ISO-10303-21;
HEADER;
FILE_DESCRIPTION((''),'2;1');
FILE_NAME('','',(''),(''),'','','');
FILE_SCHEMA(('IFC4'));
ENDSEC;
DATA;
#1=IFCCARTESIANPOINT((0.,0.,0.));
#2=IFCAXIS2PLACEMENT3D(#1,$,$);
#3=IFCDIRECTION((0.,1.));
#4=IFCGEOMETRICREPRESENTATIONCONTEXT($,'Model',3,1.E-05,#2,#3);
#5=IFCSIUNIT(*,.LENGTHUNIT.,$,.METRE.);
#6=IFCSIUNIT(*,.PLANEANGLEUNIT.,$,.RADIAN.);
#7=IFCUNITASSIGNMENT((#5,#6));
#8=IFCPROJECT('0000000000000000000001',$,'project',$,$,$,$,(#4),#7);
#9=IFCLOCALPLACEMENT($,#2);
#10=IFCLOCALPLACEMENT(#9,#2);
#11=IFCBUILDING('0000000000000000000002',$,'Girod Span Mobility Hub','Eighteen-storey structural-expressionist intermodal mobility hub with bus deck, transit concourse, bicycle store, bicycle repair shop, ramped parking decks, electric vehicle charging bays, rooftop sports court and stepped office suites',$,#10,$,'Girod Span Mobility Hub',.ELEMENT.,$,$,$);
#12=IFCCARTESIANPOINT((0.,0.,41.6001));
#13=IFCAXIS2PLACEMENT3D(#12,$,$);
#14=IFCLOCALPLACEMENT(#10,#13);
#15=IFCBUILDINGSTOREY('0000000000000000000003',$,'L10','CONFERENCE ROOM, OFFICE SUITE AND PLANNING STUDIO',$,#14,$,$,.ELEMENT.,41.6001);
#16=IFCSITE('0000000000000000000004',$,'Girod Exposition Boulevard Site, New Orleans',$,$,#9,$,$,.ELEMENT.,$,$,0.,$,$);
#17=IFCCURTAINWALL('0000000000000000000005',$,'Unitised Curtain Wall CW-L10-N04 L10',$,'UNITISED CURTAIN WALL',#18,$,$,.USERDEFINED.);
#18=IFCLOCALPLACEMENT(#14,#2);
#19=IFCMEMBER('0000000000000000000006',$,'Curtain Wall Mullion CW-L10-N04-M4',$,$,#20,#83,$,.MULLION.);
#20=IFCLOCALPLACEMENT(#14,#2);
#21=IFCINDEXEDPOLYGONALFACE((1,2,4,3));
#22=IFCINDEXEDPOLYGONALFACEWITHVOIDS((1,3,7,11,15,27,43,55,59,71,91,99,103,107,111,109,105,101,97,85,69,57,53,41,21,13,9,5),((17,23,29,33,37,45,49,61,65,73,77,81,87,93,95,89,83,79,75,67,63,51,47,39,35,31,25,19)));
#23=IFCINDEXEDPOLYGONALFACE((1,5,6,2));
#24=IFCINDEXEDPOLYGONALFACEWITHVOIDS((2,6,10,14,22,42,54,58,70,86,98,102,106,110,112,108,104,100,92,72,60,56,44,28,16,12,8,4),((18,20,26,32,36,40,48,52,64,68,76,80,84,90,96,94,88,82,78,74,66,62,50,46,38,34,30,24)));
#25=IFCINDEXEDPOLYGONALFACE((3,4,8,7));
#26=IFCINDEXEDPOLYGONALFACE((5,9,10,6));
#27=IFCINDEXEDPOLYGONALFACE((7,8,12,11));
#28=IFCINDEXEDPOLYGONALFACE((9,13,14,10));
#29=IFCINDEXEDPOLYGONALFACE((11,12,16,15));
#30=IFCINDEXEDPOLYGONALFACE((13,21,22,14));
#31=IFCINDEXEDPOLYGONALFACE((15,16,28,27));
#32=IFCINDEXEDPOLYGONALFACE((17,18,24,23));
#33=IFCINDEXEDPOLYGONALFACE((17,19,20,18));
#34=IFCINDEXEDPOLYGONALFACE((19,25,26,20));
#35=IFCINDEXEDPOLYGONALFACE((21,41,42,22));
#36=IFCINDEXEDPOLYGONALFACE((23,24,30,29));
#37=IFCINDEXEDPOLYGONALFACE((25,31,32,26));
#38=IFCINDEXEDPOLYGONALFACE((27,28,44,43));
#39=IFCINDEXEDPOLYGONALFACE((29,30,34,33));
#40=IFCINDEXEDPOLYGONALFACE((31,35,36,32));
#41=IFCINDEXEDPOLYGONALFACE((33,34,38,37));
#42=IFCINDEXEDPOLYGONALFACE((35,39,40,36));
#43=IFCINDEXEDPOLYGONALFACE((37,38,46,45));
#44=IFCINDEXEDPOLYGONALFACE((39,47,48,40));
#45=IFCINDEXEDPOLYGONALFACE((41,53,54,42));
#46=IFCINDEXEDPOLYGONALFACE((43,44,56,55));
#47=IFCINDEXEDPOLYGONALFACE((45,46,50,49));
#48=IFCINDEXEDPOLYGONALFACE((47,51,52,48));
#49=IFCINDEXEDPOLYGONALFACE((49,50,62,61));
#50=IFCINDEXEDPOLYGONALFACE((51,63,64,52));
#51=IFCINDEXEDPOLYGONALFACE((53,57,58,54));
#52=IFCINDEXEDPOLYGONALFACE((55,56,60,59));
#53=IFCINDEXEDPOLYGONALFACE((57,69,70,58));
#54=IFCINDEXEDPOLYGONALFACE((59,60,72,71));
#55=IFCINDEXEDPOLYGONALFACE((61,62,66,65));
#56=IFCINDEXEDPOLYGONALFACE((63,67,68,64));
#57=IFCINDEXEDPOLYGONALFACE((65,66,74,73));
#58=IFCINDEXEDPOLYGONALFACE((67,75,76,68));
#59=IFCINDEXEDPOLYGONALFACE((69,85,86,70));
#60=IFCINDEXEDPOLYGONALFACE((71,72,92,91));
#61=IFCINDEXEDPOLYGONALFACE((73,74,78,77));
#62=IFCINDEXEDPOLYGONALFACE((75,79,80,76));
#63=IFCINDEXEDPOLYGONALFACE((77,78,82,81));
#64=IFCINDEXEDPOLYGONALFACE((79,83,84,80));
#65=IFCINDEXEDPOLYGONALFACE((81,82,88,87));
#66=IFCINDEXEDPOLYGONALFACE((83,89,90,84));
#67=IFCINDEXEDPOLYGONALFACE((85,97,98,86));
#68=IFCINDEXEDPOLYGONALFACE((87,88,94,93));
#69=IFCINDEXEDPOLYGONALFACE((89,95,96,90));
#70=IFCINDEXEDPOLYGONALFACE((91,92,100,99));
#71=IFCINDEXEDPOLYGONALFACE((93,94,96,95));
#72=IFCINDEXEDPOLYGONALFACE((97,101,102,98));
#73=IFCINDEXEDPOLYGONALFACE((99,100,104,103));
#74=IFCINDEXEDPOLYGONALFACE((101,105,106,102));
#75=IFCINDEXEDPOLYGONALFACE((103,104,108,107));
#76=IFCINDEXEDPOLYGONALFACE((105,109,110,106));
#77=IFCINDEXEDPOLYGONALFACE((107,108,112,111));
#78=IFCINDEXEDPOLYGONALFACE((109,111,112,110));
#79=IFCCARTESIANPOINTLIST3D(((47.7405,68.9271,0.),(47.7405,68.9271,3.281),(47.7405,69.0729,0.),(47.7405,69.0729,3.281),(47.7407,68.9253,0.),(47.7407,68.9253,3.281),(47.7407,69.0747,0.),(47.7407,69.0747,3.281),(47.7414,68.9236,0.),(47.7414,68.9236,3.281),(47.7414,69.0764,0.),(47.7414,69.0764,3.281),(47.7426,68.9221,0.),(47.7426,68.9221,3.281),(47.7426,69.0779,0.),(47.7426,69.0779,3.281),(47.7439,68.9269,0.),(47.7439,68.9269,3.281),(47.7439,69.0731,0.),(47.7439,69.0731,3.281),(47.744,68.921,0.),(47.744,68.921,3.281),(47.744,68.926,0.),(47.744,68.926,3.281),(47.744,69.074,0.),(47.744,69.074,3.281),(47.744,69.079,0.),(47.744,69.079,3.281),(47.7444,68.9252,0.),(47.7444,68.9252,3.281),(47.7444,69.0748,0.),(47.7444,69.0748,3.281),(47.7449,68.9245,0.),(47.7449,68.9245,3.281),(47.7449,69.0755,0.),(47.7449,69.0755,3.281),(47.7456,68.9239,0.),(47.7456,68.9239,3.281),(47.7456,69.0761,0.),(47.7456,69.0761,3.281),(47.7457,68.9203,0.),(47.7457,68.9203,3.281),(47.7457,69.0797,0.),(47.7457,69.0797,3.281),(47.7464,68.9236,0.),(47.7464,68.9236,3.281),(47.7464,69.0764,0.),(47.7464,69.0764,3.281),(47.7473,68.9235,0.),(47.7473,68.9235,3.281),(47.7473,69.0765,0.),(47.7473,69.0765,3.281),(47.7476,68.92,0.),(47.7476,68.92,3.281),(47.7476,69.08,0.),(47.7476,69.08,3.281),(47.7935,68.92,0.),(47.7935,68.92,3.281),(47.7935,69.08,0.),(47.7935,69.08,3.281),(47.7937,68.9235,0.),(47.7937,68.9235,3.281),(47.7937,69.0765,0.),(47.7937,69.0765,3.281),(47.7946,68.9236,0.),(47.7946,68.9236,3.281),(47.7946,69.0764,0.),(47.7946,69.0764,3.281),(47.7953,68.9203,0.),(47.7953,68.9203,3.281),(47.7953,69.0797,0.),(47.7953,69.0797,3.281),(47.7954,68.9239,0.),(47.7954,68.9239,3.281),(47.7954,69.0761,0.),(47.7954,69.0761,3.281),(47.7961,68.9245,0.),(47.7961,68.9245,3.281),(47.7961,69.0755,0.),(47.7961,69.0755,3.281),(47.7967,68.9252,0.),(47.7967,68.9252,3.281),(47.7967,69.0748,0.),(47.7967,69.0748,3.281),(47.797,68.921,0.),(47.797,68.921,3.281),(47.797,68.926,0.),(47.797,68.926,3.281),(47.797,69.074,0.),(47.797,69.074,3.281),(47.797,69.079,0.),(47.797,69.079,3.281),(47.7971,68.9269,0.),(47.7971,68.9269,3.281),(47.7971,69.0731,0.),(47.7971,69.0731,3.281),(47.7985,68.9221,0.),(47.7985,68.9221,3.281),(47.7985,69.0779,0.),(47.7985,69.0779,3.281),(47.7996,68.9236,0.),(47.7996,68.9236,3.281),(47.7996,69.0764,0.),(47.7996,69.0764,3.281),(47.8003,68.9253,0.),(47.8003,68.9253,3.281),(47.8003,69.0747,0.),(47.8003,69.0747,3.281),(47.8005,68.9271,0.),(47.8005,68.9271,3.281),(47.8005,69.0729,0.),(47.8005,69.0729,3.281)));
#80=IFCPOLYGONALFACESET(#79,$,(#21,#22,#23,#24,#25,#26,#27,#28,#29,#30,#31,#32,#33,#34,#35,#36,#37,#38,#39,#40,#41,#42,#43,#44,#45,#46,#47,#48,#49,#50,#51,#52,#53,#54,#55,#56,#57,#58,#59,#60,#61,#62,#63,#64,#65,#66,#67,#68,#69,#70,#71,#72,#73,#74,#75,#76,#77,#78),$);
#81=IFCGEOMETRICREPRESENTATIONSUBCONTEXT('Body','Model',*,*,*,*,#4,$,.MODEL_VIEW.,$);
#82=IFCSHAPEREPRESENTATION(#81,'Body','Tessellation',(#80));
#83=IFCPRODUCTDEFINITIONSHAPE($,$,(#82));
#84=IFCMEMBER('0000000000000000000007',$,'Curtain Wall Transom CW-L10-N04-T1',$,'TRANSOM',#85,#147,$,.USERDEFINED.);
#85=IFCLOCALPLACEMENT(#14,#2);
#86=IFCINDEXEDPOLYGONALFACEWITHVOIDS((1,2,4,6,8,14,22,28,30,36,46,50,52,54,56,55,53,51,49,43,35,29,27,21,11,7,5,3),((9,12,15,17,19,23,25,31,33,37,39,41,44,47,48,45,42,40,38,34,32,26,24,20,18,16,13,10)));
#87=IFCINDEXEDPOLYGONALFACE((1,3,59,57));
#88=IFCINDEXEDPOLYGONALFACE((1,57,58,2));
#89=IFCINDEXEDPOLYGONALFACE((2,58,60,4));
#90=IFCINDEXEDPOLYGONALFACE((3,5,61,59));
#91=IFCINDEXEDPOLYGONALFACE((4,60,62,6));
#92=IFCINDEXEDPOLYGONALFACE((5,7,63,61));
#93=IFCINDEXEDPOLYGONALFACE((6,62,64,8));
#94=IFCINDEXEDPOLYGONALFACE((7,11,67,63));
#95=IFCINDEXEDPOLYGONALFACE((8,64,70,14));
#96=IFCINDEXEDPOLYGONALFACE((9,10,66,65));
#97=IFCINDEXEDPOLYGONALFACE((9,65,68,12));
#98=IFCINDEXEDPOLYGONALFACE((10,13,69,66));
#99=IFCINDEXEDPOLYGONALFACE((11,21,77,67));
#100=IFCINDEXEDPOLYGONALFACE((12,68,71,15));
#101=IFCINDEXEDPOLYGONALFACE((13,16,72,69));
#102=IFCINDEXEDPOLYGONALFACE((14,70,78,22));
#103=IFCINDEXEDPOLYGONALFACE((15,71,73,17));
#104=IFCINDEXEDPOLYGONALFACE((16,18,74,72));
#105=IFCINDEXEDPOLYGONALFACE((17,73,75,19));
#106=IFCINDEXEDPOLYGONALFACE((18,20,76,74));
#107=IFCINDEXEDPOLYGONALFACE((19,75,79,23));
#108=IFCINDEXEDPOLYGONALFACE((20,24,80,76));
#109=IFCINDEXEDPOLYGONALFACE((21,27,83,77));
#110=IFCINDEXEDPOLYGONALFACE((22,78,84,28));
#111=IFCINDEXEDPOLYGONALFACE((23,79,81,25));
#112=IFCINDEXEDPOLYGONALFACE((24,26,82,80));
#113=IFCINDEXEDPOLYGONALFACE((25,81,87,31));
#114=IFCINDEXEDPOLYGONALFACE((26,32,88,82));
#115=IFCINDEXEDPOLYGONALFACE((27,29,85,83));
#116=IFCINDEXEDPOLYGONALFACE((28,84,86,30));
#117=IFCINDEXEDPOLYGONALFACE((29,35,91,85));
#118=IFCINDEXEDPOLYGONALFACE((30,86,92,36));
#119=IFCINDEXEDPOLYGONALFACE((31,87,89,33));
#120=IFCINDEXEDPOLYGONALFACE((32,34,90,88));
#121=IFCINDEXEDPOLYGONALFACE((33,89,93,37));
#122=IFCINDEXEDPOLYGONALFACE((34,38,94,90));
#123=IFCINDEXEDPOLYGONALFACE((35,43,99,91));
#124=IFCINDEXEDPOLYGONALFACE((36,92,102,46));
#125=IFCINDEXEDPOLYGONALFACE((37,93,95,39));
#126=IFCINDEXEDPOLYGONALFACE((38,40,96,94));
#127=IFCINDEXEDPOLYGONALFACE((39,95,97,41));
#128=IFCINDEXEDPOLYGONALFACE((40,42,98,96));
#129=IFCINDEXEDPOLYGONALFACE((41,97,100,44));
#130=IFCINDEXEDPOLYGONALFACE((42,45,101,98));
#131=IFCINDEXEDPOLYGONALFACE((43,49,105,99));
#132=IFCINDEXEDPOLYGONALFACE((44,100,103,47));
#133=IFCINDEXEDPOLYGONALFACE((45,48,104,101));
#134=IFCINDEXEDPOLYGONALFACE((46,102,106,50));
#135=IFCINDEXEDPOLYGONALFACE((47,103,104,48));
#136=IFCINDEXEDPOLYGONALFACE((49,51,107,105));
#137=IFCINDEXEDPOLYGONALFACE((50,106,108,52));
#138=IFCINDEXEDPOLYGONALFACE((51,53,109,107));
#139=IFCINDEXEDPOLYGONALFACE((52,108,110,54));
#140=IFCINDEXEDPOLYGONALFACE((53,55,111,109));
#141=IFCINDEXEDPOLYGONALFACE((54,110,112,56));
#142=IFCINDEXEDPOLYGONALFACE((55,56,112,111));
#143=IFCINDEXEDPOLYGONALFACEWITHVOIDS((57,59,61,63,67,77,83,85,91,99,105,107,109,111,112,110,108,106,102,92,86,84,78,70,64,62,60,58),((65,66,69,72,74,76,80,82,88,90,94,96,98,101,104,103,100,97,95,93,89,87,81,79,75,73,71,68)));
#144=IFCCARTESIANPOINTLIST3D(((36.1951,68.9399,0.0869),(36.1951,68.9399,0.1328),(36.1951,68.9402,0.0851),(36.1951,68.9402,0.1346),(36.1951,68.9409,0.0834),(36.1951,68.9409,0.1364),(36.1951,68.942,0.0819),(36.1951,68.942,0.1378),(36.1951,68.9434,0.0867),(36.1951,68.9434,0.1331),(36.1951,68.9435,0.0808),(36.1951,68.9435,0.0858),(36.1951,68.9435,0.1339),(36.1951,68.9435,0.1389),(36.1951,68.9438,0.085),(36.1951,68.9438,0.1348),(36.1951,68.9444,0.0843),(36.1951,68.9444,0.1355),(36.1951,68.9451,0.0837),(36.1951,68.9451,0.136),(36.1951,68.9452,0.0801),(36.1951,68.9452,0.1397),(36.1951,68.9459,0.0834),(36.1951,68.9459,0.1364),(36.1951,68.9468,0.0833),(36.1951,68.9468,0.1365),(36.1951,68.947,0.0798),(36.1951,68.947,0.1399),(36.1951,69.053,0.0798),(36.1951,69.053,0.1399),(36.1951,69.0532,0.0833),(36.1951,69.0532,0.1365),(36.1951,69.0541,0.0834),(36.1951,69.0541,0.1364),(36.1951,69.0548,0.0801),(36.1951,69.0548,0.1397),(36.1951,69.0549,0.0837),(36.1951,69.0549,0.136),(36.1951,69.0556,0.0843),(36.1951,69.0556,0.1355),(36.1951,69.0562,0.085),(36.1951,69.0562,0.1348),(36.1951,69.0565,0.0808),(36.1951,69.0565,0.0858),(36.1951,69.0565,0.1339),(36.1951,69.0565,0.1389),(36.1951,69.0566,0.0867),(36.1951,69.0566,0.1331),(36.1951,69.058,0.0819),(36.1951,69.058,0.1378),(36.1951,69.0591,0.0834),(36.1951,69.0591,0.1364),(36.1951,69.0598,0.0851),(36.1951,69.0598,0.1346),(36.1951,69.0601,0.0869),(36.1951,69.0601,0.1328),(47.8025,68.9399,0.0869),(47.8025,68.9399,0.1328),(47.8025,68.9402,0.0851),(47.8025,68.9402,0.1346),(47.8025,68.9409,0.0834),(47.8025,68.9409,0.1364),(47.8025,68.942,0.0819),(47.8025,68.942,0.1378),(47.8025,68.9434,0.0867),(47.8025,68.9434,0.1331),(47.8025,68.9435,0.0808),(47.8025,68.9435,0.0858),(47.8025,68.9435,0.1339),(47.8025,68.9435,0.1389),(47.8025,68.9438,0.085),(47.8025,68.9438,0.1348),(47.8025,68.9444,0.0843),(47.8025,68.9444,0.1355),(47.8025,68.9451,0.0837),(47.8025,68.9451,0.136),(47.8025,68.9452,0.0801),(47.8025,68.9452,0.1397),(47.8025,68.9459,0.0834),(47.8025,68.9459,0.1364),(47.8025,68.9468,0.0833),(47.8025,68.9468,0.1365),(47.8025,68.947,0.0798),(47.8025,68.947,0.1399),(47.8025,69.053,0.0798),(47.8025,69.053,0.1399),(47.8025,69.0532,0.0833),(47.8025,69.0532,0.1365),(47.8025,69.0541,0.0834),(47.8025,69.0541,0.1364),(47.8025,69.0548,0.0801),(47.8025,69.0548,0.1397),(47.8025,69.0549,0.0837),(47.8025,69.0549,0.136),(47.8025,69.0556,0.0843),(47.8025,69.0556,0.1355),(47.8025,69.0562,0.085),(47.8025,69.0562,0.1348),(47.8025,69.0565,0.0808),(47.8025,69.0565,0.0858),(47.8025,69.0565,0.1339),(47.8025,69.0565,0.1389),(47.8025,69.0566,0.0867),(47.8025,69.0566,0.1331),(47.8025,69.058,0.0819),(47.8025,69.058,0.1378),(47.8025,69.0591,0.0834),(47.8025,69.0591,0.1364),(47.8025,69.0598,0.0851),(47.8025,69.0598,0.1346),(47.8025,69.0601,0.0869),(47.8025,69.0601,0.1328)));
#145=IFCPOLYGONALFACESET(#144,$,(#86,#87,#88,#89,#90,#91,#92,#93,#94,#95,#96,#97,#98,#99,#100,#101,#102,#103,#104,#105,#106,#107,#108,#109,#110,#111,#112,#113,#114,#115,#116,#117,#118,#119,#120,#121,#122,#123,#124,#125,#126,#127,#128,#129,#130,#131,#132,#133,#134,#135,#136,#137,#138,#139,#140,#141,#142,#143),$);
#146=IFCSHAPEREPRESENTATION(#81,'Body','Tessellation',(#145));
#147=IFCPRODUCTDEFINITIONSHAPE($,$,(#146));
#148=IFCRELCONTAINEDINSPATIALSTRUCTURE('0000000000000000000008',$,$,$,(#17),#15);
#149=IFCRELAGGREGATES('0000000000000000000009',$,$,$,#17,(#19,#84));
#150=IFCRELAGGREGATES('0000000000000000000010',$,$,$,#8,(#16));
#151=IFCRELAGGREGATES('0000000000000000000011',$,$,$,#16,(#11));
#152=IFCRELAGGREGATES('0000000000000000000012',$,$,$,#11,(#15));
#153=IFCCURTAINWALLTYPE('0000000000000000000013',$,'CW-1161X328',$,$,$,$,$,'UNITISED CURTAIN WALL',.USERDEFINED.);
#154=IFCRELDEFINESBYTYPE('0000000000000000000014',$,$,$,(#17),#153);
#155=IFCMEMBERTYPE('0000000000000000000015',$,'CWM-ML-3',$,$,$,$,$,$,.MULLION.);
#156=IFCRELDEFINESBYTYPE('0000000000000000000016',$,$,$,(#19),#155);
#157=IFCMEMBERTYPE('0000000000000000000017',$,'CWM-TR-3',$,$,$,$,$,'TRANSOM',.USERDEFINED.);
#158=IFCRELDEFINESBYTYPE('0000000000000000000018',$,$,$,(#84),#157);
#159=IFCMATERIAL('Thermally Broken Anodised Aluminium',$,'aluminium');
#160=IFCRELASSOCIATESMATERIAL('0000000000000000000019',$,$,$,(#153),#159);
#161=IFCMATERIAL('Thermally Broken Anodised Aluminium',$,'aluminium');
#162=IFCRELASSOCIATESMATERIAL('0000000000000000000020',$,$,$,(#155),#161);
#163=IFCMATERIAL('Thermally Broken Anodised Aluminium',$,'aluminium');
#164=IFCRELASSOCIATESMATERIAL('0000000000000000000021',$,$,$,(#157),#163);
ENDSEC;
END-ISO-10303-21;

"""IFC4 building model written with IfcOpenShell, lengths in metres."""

from ifc_helpers import new_model, si_unit, direction, frame, origin, origin_2d, place, context, subcontext, project, spatial, hollow_rectangle, extrude, material, material_profile, profile_set, type_object, element, aggregate, save


model = new_model("IFC4")

# Units and contexts
model_context = context("Model", 3, precision=1e-05, world=origin(), true_north=direction((0.0, 1.0)))
body_context = subcontext(model_context, "Body", "Model", "MODEL_VIEW")
ifc_project = project(units=[si_unit("LENGTHUNIT", "METRE"), si_unit("PLANEANGLEUNIT", "RADIAN")], contexts=[model_context])

# Site, building, storey
site_placement = place(None, origin())
site = spatial("IfcSite", under=ifc_project, at=site_placement, Name="Girod Exposition Boulevard Site, New Orleans", CompositionType="ELEMENT", RefElevation=0.0)
building_placement = place(site_placement, origin())
building = spatial("IfcBuilding", under=site, at=building_placement, Name="Girod Span Mobility Hub", Description="Eighteen-storey structural-expressionist intermodal mobility hub with bus deck, transit concourse, bicycle store, bicycle repair shop, ramped parking decks, electric vehicle charging bays, rooftop sports court and stepped office suites", LongName="Girod Span Mobility Hub", CompositionType="ELEMENT")
storey_placement = place(building_placement, frame((0.0, 0.0, 41.6001)))
storey = spatial("IfcBuildingStorey", under=building, at=storey_placement, Name="L10", Description="CONFERENCE ROOM, OFFICE SUITE AND PLANNING STUDIO", CompositionType="ELEMENT", Elevation=41.6001)

# Curtain wall, members
ifc_material_1 = material(Name="Thermally Broken Anodised Aluminium", Category="aluminium")
curtain_wall_type = type_object("IfcCurtainWallType", Name="CW-1161X328", ElementType="UNITISED CURTAIN WALL", PredefinedType="USERDEFINED", material=ifc_material_1)
curtain_wall_placement = place(storey_placement, origin())
curtain_wall = element("IfcCurtainWall", 1, at=curtain_wall_placement, inside=storey, type_object=curtain_wall_type, Name="Unitised Curtain Wall CW-L10-N04 L10", ObjectType="UNITISED CURTAIN WALL", PredefinedType="USERDEFINED")
ifc_material_2 = material(Name="Thermally Broken Anodised Aluminium", Category="aluminium")
ifc_material_profile_1 = material_profile(ifc_material_2, hollow_rectangle(XDim=0.1599, YDim=0.0601, WallThickness=0.0034, InnerFilletRadius=0.0034, OuterFilletRadius=0.0071, at=origin_2d()), Name="CW-ML-60X160")
ifc_profile_set_1 = profile_set([ifc_material_profile_1], Name="Thermally Broken Anodised Aluminium")
member_type_1 = type_object("IfcMemberType", Name="CWM-ML-3", PredefinedType="MULLION", material=ifc_profile_set_1)
member_1_placement = place(storey_placement, frame((47.7705, 69.0, 0.0), z_axis=(0.0, 0.0, 1.0), x_axis=(0.0, 1.0, 0.0)))
member_1 = element("IfcMember", 2, at=member_1_placement, type_object=member_type_1, Name="Curtain Wall Mullion CW-L10-N04-M4", PredefinedType="MULLION", context=body_context, shape_type="SweptSolid", body=[
    extrude(hollow_rectangle(XDim=0.1599, YDim=0.0601, WallThickness=0.0034, InnerFilletRadius=0.0034, OuterFilletRadius=0.0071, at=origin_2d()), origin(), (0.0, 0.0, 1.0), 3.281),
])
ifc_material_3 = material(Name="Thermally Broken Anodised Aluminium", Category="aluminium")
ifc_material_profile_2 = material_profile(ifc_material_3, hollow_rectangle(XDim=0.1201, YDim=0.0601, WallThickness=0.0034, InnerFilletRadius=0.0034, OuterFilletRadius=0.0071, at=origin_2d()), Name="CW-TR-60X120")
ifc_profile_set_2 = profile_set([ifc_material_profile_2], Name="Thermally Broken Anodised Aluminium")
member_type_2 = type_object("IfcMemberType", Name="CWM-TR-3", ElementType="TRANSOM", PredefinedType="USERDEFINED", material=ifc_profile_set_2)
member_2_placement = place(storey_placement, frame((36.1951, 69.0, 0.1099), z_axis=(1.0, 0.0, 0.0), x_axis=(0.0, 1.0, 0.0)))
member_2 = element("IfcMember", 3, at=member_2_placement, type_object=member_type_2, Name="Curtain Wall Transom CW-L10-N04-T1", ObjectType="TRANSOM", PredefinedType="USERDEFINED", context=body_context, shape_type="SweptSolid", body=[
    extrude(hollow_rectangle(XDim=0.1201, YDim=0.0601, WallThickness=0.0034, InnerFilletRadius=0.0034, OuterFilletRadius=0.0071, at=origin_2d()), origin(), (0.0, 0.0, 1.0), 11.6074),
])

aggregate(curtain_wall, [member_1, member_2])

save(model, "model.ifc")
